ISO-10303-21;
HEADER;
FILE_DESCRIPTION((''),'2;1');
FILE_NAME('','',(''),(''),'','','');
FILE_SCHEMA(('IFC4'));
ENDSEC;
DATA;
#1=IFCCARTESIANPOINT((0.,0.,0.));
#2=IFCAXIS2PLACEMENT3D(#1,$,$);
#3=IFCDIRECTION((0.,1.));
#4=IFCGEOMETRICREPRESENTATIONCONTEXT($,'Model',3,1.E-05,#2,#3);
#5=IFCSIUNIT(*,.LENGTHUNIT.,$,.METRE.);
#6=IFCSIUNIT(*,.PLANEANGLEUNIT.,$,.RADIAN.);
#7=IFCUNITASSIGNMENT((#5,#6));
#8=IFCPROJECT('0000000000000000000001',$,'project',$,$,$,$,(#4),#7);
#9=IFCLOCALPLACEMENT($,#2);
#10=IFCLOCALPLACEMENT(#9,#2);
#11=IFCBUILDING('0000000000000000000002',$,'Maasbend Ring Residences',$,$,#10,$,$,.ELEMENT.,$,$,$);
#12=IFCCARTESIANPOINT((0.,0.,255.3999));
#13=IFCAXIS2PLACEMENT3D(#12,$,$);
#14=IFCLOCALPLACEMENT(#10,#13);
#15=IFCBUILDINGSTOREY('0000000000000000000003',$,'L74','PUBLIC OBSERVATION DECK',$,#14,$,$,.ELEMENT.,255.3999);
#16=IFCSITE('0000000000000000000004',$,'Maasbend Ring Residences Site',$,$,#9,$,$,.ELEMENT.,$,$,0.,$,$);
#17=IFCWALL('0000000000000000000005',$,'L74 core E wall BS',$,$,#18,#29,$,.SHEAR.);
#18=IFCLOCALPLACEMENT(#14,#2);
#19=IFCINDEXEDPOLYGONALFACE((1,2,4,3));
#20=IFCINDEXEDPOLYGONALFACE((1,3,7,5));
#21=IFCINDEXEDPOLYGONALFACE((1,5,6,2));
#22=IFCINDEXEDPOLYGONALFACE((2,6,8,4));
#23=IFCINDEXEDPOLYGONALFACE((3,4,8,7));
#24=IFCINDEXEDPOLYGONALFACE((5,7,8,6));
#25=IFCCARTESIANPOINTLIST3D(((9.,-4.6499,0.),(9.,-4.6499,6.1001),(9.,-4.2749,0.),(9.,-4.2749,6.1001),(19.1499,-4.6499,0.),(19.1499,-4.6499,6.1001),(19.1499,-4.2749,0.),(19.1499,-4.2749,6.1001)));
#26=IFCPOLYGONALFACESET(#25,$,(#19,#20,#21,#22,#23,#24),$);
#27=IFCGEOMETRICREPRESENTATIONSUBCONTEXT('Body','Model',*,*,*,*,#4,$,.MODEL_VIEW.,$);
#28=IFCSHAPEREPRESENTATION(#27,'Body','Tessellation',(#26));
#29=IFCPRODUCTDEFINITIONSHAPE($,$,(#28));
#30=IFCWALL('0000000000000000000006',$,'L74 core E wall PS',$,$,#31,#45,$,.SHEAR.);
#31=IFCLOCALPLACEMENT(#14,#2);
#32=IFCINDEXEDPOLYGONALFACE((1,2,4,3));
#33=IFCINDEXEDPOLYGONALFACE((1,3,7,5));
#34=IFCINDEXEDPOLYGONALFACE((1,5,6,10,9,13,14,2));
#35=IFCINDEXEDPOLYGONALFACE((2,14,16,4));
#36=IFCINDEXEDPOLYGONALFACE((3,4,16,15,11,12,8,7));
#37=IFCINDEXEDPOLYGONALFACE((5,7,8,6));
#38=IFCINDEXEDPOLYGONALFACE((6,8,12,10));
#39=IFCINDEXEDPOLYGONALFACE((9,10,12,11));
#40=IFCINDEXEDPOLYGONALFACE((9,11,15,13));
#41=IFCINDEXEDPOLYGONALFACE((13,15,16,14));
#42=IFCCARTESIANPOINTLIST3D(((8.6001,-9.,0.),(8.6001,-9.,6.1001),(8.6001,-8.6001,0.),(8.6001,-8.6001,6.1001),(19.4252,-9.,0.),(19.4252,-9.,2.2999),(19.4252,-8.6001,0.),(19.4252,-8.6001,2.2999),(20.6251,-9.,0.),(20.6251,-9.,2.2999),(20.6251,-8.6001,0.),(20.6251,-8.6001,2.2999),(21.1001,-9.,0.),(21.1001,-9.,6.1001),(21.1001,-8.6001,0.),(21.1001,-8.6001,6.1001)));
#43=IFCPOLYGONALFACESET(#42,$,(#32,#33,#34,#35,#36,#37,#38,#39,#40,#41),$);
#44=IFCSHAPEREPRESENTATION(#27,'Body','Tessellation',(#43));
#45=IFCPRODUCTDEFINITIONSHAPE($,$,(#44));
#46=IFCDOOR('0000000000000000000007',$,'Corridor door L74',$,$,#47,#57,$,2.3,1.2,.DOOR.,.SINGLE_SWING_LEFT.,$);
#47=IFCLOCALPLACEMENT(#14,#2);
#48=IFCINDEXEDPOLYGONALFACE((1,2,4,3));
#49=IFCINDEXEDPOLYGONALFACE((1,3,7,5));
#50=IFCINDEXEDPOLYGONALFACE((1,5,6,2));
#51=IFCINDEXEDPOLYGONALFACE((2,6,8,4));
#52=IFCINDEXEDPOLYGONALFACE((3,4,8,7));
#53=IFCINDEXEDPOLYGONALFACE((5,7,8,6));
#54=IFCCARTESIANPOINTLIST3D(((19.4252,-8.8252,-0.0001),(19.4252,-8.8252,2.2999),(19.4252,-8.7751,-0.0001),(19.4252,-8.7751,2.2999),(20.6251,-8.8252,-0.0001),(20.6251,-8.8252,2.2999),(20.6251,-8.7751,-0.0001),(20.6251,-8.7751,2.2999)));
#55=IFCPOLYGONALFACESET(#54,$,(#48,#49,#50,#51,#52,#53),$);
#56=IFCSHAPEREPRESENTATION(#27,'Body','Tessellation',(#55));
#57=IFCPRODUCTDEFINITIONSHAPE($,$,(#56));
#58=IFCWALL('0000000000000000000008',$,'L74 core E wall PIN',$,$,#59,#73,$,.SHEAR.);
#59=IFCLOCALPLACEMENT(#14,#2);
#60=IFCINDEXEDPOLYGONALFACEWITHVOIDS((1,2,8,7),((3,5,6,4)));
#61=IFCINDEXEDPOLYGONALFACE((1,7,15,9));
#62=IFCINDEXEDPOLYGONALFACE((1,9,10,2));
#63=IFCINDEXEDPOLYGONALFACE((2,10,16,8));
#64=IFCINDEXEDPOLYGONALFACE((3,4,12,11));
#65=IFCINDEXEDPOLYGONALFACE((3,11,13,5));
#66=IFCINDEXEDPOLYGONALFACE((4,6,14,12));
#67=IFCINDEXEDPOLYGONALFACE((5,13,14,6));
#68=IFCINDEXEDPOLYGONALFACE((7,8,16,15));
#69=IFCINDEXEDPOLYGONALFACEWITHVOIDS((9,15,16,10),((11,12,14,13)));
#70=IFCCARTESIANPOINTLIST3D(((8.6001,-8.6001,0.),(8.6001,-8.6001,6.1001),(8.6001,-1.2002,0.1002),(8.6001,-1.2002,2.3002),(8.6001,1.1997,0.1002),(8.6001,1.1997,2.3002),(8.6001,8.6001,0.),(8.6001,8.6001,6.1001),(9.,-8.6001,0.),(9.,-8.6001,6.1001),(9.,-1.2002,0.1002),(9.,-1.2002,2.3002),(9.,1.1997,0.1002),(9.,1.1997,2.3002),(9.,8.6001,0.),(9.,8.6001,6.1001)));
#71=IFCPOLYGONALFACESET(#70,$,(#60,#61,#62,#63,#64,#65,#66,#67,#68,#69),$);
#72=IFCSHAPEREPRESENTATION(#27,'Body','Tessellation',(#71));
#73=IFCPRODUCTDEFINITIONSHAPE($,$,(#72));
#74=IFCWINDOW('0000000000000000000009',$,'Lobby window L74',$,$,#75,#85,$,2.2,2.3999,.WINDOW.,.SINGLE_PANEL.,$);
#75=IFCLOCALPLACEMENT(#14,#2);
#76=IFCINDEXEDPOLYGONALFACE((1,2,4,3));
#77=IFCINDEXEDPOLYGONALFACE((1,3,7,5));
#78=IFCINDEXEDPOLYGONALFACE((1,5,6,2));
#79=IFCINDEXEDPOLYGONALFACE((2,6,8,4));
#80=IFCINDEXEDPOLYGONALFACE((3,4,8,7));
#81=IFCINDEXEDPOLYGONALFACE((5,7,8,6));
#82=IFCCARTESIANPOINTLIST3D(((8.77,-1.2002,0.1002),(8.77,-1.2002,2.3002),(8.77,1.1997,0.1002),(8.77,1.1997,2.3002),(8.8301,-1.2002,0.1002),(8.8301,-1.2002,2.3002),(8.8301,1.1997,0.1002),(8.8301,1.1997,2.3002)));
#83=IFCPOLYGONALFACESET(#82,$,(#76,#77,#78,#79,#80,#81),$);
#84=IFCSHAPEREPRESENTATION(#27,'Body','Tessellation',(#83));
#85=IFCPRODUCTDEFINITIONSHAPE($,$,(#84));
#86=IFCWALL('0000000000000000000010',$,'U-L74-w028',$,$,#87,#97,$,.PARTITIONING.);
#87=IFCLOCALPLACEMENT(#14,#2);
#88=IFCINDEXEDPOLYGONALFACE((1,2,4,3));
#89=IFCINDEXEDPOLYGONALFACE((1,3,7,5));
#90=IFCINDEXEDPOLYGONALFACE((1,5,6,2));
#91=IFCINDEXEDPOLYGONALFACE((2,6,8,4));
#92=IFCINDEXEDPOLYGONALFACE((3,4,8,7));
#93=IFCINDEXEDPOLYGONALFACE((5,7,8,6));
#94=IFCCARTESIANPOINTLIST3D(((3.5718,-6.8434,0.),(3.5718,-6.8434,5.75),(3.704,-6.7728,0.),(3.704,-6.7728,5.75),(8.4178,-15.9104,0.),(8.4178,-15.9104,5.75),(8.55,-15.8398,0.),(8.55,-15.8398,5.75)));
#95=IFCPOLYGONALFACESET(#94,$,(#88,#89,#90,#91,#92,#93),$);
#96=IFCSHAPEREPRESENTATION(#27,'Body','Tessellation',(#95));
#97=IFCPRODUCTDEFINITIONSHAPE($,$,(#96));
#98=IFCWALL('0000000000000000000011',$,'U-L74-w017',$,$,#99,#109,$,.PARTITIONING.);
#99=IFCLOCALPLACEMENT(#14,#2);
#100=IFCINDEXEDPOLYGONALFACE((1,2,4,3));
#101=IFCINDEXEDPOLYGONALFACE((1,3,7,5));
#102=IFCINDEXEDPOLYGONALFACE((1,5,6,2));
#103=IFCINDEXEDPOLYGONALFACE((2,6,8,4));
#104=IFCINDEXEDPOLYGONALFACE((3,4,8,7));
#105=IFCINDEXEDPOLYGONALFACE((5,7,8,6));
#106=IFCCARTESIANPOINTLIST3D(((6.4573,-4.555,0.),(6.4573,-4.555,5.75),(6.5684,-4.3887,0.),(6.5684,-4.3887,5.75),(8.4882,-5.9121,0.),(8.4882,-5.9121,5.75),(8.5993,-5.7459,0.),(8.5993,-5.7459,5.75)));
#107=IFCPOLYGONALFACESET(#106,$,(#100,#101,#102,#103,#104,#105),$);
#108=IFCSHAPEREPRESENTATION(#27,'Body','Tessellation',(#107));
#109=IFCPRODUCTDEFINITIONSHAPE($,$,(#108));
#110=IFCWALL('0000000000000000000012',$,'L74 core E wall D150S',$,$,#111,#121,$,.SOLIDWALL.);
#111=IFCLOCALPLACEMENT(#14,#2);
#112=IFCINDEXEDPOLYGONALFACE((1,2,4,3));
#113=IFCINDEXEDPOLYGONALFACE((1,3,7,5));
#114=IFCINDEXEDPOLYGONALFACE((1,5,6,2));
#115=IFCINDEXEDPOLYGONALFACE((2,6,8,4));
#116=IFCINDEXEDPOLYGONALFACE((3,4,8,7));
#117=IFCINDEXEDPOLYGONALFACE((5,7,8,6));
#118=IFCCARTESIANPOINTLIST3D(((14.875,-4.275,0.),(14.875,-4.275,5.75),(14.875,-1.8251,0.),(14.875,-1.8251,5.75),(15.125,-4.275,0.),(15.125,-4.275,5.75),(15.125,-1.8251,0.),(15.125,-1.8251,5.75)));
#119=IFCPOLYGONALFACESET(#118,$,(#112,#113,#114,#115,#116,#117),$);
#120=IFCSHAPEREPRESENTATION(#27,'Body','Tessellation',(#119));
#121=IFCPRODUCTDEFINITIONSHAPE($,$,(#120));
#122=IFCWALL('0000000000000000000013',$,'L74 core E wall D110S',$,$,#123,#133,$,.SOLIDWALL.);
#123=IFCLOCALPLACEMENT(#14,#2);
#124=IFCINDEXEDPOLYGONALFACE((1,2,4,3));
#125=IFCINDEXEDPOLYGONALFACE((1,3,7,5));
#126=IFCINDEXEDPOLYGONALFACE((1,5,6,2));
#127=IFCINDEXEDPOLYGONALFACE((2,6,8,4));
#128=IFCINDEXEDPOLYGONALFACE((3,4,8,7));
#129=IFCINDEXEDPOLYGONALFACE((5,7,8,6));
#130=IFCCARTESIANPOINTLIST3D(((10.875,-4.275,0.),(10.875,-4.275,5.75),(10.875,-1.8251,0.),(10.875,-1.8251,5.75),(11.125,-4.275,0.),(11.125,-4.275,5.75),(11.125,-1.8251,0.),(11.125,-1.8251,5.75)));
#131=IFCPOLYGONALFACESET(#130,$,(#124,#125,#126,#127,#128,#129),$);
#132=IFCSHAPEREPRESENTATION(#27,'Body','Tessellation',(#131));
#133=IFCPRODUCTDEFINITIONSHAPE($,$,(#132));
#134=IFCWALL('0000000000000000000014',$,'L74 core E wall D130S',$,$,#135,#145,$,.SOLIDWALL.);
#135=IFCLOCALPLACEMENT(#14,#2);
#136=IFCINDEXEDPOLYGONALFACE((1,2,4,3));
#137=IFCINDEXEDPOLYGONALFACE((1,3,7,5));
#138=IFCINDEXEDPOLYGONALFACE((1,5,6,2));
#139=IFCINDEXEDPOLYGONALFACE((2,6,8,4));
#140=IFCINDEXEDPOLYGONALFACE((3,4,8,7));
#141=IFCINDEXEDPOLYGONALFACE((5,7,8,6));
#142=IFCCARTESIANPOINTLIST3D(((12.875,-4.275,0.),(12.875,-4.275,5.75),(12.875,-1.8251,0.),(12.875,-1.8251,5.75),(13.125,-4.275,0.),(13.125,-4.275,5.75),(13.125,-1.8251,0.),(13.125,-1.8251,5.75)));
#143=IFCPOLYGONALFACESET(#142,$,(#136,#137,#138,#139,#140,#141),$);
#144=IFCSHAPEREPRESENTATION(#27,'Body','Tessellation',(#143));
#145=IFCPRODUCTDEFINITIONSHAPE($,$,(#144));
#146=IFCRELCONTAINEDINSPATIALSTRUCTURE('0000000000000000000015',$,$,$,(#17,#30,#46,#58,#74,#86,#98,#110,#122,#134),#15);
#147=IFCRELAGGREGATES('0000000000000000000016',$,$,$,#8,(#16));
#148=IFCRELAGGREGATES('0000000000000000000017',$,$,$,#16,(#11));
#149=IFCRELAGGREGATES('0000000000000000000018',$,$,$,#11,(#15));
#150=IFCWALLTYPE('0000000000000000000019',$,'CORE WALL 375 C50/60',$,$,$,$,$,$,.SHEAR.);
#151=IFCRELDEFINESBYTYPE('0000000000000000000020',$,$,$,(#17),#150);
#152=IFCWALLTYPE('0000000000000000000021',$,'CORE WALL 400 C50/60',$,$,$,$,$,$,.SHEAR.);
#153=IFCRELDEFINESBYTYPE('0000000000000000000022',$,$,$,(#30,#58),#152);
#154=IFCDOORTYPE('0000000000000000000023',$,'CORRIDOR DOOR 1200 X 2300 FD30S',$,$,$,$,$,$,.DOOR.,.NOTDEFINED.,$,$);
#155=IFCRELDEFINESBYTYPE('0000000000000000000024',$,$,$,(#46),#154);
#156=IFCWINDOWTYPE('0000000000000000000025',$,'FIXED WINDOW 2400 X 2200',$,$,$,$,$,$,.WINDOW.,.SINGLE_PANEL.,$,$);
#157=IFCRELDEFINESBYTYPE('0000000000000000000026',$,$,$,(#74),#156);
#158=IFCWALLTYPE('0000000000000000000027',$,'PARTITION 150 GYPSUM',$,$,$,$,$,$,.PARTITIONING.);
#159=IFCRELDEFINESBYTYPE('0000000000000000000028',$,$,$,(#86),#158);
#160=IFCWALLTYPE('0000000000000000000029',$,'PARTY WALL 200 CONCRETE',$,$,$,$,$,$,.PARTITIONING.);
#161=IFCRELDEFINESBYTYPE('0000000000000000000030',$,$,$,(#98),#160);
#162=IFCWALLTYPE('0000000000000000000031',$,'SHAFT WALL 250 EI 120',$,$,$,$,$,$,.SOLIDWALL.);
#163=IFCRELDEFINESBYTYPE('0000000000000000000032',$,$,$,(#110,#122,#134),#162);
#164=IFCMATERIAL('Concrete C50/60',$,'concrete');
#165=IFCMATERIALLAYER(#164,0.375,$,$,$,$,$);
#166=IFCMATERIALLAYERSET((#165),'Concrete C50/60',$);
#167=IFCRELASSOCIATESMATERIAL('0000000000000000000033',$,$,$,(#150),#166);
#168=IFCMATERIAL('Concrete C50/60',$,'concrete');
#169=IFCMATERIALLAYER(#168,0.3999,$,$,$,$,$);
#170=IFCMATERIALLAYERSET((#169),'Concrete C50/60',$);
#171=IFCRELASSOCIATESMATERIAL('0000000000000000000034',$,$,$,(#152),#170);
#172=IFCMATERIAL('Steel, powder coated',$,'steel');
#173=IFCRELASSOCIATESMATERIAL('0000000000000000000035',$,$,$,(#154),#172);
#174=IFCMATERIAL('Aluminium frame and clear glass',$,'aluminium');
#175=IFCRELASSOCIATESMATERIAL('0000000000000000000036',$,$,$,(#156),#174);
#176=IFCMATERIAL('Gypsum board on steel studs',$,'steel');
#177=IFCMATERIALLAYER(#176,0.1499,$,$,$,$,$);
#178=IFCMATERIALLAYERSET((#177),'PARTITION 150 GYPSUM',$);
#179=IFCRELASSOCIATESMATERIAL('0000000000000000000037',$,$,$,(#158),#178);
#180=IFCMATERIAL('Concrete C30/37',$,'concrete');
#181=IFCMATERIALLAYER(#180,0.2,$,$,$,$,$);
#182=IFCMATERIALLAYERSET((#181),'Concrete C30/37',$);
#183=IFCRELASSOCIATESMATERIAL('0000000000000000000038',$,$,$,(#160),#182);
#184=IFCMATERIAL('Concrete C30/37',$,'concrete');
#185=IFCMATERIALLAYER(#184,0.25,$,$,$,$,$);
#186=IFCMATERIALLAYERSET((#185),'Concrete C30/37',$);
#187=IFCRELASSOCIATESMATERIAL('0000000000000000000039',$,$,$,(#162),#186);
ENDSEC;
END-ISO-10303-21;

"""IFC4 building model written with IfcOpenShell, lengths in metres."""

from ifc_helpers import new_model, si_unit, direction, frame, frame_2d, origin, place, context, subcontext, project, spatial, rectangle, extrude, material, layer, layer_set, type_object, element, fill, save


model = new_model("IFC4")

# Units and contexts
model_context = context("Model", 3, precision=1e-05, world=origin(), true_north=direction((0.0, 1.0)))
body_context = subcontext(model_context, "Body", "Model", "MODEL_VIEW")
ifc_project = project(units=[si_unit("LENGTHUNIT", "METRE"), si_unit("PLANEANGLEUNIT", "RADIAN")], contexts=[model_context])

# Site, building, storey
site_placement = place(None, origin())
site = spatial("IfcSite", under=ifc_project, at=site_placement, Name="Maasbend Ring Residences Site", CompositionType="ELEMENT", RefElevation=0.0)
building_placement = place(site_placement, origin())
building = spatial("IfcBuilding", under=site, at=building_placement, Name="Maasbend Ring Residences", CompositionType="ELEMENT")
storey_placement = place(building_placement, frame((0.0, 0.0, 255.3999)))
storey = spatial("IfcBuildingStorey", under=building, at=storey_placement, Name="L74", Description="PUBLIC OBSERVATION DECK", CompositionType="ELEMENT", Elevation=255.3999)

# Wall
ifc_material_1 = material(Name="Concrete C50/60", Category="concrete")
ifc_layer_1 = layer(ifc_material_1, 0.375)
ifc_layer_set_1 = layer_set([ifc_layer_1], Name="Concrete C50/60")
wall_type_1 = type_object("IfcWallType", Name="CORE WALL 375 C50/60", PredefinedType="SHEAR", material=ifc_layer_set_1)
wall_1_placement = place(storey_placement, frame((9.0, -4.4624, 0.0), z_axis=(0.0, 0.0, 1.0), x_axis=(1.0, 0.0, 0.0)))
element("IfcWall", 1, at=wall_1_placement, inside=storey, type_object=wall_type_1, Name="L74 core E wall BS", PredefinedType="SHEAR", context=body_context, shape_type="SweptSolid", body=[
    extrude(rectangle(XDim=10.1499, YDim=0.375, at=frame_2d((5.075, 0.0))), origin(), (0.0, 0.0, 1.0), 6.1001),
])

# Wall, opening, door
ifc_material_2 = material(Name="Concrete C50/60", Category="concrete")
ifc_layer_2 = layer(ifc_material_2, 0.3999)
ifc_layer_set_2 = layer_set([ifc_layer_2], Name="Concrete C50/60")
wall_type_2 = type_object("IfcWallType", Name="CORE WALL 400 C50/60", PredefinedType="SHEAR", material=ifc_layer_set_2)
wall_2_placement = place(storey_placement, frame((8.6001, -8.8, 0.0), z_axis=(0.0, 0.0, 1.0), x_axis=(1.0, 0.0, 0.0)))
wall_2 = element("IfcWall", 2, at=wall_2_placement, inside=storey, type_object=wall_type_2, Name="L74 core E wall PS", PredefinedType="SHEAR", context=body_context, shape_type="SweptSolid", body=[
    extrude(rectangle(XDim=12.5, YDim=0.3999, at=frame_2d((6.25, 0.0))), origin(), (0.0, 0.0, 1.0), 6.1001),
])
opening_1_placement = place(wall_2_placement, frame((10.825, 0.0, 0.0)))
opening_1 = element("IfcOpeningElement", 3, at=opening_1_placement, cuts=wall_2, PredefinedType="OPENING", context=body_context, shape_type="SweptSolid", body=[
    extrude(rectangle(XDim=1.2, YDim=2.3, at=frame_2d((0.6001, 1.1499))), frame((0.0, 0.21, 0.0), z_axis=(0.0, -1.0, 0.0), x_axis=(1.0, 0.0, 0.0)), (0.0, 0.0, 1.0), 0.4199),
])
ifc_material_3 = material(Name="Steel, powder coated", Category="steel")
door_type_1 = type_object("IfcDoorType", Name="CORRIDOR DOOR 1200 X 2300 FD30S", OperationType="NOTDEFINED", PredefinedType="DOOR", material=ifc_material_3)
door_1_placement = place(opening_1_placement, origin())
door_1 = element("IfcDoor", 4, at=door_1_placement, inside=storey, type_object=door_type_1, Name="Corridor door L74", OperationType="SINGLE_SWING_LEFT", OverallHeight=2.3, OverallWidth=1.2, PredefinedType="DOOR", context=body_context, shape_type="SweptSolid", body=[
    extrude(rectangle(XDim=1.2, YDim=2.3, at=frame_2d((0.6001, 1.1499))), frame((0.0, 0.0249, 0.0), z_axis=(0.0, -1.0, 0.0), x_axis=(1.0, 0.0, 0.0)), (0.0, 0.0, 1.0), 0.05),
])
fill(opening_1, door_1)

# Wall, opening, window
wall_3_placement = place(storey_placement, frame((8.8, -8.6001, 0.0), z_axis=(0.0, 0.0, 1.0), x_axis=(0.0, 1.0, 0.0)))
wall_3 = element("IfcWall", 5, at=wall_3_placement, inside=storey, type_object=wall_type_2, Name="L74 core E wall PIN", PredefinedType="SHEAR", context=body_context, shape_type="SweptSolid", body=[
    extrude(rectangle(XDim=17.2002, YDim=0.3999, at=frame_2d((8.6001, 0.0))), origin(), (0.0, 0.0, 1.0), 6.1001),
])
opening_2_placement = place(wall_3_placement, frame((7.3999, 0.0, 0.1001)))
opening_2 = element("IfcOpeningElement", 6, at=opening_2_placement, cuts=wall_3, PredefinedType="OPENING", context=body_context, shape_type="SweptSolid", body=[
    extrude(rectangle(XDim=2.3999, YDim=2.2, at=frame_2d((1.2, 1.1001))), frame((0.0, 0.21, 0.0), z_axis=(0.0, -1.0, 0.0), x_axis=(1.0, 0.0, 0.0)), (0.0, 0.0, 1.0), 0.4199),
])
ifc_material_4 = material(Name="Aluminium frame and clear glass", Category="aluminium")
window_type = type_object("IfcWindowType", Name="FIXED WINDOW 2400 X 2200", PartitioningType="SINGLE_PANEL", PredefinedType="WINDOW", material=ifc_material_4)
window_placement = place(opening_2_placement, origin())
window = element("IfcWindow", 7, at=window_placement, inside=storey, type_object=window_type, Name="Lobby window L74", OverallHeight=2.2, OverallWidth=2.3999, PartitioningType="SINGLE_PANEL", PredefinedType="WINDOW", context=body_context, shape_type="SweptSolid", body=[
    extrude(rectangle(XDim=2.3999, YDim=2.2, at=frame_2d((1.2, 1.1001))), frame((0.0, 0.03, 0.0), z_axis=(0.0, -1.0, 0.0), x_axis=(1.0, 0.0, 0.0)), (0.0, 0.0, 1.0), 0.0601),
])
fill(opening_2, window)

# Walls
ifc_material_5 = material(Name="Gypsum board on steel studs", Category="steel")
ifc_layer_3 = layer(ifc_material_5, 0.1499)
ifc_layer_set_3 = layer_set([ifc_layer_3], Name="PARTITION 150 GYPSUM")
wall_type_3 = type_object("IfcWallType", Name="PARTITION 150 GYPSUM", PredefinedType="PARTITIONING", material=ifc_layer_set_3)
wall_4_placement = place(storey_placement, frame((3.6379, -6.8081, 0.0), z_axis=(0.0, 0.0, 1.0), x_axis=(0.471366, -0.881938, 0.0)))
element("IfcWall", 8, at=wall_4_placement, inside=storey, type_object=wall_type_3, Name="U-L74-w028", PredefinedType="PARTITIONING", context=body_context, shape_type="SweptSolid", body=[
    extrude(rectangle(XDim=10.2808, YDim=0.1499, at=frame_2d((5.1404, 0.0))), origin(), (0.0, 0.0, 1.0), 5.75),
])
ifc_material_6 = material(Name="Concrete C30/37", Category="concrete")
ifc_layer_4 = layer(ifc_material_6, 0.2)
ifc_layer_set_4 = layer_set([ifc_layer_4], Name="Concrete C30/37")
wall_type_4 = type_object("IfcWallType", Name="PARTY WALL 200 CONCRETE", PredefinedType="PARTITIONING", material=ifc_layer_set_4)
wall_5_placement = place(storey_placement, frame((6.5129, -4.4719, 0.0), z_axis=(0.0, 0.0, 1.0), x_axis=(0.83145, -0.555599, 0.0)))
element("IfcWall", 9, at=wall_5_placement, inside=storey, type_object=wall_type_4, Name="U-L74-w017", PredefinedType="PARTITIONING", context=body_context, shape_type="SweptSolid", body=[
    extrude(rectangle(XDim=2.4426, YDim=0.2, at=frame_2d((1.2212, 0.0))), origin(), (0.0, 0.0, 1.0), 5.75),
])
ifc_material_7 = material(Name="Concrete C30/37", Category="concrete")
ifc_layer_5 = layer(ifc_material_7, 0.25)
ifc_layer_set_5 = layer_set([ifc_layer_5], Name="Concrete C30/37")
wall_type_5 = type_object("IfcWallType", Name="SHAFT WALL 250 EI 120", PredefinedType="SOLIDWALL", material=ifc_layer_set_5)
for number, where, z_axis, x_axis, name in (
    (10, (15.0, -1.825, 0.0), (0.0, 0.0, 1.0), (0.0, -1.0, 0.0), "L74 core E wall D150S"),
    (11, (11.0, -1.825, 0.0), (0.0, 0.0, 1.0), (0.0, -1.0, 0.0), "L74 core E wall D110S"),
    (12, (13.0, -1.825, 0.0), (0.0, 0.0, 1.0), (0.0, -1.0, 0.0), "L74 core E wall D130S"),
):
    element("IfcWall", number, at=place(storey_placement, frame(where, z_axis=z_axis, x_axis=x_axis)), inside=storey, type_object=wall_type_5, Name=name, PredefinedType="SOLIDWALL", context=body_context, shape_type="SweptSolid", body=[
        extrude(rectangle(XDim=2.45, YDim=0.25, at=frame_2d((1.2251, 0.0))), origin(), (0.0, 0.0, 1.0), 5.75),
    ])

save(model, "model.ifc")
